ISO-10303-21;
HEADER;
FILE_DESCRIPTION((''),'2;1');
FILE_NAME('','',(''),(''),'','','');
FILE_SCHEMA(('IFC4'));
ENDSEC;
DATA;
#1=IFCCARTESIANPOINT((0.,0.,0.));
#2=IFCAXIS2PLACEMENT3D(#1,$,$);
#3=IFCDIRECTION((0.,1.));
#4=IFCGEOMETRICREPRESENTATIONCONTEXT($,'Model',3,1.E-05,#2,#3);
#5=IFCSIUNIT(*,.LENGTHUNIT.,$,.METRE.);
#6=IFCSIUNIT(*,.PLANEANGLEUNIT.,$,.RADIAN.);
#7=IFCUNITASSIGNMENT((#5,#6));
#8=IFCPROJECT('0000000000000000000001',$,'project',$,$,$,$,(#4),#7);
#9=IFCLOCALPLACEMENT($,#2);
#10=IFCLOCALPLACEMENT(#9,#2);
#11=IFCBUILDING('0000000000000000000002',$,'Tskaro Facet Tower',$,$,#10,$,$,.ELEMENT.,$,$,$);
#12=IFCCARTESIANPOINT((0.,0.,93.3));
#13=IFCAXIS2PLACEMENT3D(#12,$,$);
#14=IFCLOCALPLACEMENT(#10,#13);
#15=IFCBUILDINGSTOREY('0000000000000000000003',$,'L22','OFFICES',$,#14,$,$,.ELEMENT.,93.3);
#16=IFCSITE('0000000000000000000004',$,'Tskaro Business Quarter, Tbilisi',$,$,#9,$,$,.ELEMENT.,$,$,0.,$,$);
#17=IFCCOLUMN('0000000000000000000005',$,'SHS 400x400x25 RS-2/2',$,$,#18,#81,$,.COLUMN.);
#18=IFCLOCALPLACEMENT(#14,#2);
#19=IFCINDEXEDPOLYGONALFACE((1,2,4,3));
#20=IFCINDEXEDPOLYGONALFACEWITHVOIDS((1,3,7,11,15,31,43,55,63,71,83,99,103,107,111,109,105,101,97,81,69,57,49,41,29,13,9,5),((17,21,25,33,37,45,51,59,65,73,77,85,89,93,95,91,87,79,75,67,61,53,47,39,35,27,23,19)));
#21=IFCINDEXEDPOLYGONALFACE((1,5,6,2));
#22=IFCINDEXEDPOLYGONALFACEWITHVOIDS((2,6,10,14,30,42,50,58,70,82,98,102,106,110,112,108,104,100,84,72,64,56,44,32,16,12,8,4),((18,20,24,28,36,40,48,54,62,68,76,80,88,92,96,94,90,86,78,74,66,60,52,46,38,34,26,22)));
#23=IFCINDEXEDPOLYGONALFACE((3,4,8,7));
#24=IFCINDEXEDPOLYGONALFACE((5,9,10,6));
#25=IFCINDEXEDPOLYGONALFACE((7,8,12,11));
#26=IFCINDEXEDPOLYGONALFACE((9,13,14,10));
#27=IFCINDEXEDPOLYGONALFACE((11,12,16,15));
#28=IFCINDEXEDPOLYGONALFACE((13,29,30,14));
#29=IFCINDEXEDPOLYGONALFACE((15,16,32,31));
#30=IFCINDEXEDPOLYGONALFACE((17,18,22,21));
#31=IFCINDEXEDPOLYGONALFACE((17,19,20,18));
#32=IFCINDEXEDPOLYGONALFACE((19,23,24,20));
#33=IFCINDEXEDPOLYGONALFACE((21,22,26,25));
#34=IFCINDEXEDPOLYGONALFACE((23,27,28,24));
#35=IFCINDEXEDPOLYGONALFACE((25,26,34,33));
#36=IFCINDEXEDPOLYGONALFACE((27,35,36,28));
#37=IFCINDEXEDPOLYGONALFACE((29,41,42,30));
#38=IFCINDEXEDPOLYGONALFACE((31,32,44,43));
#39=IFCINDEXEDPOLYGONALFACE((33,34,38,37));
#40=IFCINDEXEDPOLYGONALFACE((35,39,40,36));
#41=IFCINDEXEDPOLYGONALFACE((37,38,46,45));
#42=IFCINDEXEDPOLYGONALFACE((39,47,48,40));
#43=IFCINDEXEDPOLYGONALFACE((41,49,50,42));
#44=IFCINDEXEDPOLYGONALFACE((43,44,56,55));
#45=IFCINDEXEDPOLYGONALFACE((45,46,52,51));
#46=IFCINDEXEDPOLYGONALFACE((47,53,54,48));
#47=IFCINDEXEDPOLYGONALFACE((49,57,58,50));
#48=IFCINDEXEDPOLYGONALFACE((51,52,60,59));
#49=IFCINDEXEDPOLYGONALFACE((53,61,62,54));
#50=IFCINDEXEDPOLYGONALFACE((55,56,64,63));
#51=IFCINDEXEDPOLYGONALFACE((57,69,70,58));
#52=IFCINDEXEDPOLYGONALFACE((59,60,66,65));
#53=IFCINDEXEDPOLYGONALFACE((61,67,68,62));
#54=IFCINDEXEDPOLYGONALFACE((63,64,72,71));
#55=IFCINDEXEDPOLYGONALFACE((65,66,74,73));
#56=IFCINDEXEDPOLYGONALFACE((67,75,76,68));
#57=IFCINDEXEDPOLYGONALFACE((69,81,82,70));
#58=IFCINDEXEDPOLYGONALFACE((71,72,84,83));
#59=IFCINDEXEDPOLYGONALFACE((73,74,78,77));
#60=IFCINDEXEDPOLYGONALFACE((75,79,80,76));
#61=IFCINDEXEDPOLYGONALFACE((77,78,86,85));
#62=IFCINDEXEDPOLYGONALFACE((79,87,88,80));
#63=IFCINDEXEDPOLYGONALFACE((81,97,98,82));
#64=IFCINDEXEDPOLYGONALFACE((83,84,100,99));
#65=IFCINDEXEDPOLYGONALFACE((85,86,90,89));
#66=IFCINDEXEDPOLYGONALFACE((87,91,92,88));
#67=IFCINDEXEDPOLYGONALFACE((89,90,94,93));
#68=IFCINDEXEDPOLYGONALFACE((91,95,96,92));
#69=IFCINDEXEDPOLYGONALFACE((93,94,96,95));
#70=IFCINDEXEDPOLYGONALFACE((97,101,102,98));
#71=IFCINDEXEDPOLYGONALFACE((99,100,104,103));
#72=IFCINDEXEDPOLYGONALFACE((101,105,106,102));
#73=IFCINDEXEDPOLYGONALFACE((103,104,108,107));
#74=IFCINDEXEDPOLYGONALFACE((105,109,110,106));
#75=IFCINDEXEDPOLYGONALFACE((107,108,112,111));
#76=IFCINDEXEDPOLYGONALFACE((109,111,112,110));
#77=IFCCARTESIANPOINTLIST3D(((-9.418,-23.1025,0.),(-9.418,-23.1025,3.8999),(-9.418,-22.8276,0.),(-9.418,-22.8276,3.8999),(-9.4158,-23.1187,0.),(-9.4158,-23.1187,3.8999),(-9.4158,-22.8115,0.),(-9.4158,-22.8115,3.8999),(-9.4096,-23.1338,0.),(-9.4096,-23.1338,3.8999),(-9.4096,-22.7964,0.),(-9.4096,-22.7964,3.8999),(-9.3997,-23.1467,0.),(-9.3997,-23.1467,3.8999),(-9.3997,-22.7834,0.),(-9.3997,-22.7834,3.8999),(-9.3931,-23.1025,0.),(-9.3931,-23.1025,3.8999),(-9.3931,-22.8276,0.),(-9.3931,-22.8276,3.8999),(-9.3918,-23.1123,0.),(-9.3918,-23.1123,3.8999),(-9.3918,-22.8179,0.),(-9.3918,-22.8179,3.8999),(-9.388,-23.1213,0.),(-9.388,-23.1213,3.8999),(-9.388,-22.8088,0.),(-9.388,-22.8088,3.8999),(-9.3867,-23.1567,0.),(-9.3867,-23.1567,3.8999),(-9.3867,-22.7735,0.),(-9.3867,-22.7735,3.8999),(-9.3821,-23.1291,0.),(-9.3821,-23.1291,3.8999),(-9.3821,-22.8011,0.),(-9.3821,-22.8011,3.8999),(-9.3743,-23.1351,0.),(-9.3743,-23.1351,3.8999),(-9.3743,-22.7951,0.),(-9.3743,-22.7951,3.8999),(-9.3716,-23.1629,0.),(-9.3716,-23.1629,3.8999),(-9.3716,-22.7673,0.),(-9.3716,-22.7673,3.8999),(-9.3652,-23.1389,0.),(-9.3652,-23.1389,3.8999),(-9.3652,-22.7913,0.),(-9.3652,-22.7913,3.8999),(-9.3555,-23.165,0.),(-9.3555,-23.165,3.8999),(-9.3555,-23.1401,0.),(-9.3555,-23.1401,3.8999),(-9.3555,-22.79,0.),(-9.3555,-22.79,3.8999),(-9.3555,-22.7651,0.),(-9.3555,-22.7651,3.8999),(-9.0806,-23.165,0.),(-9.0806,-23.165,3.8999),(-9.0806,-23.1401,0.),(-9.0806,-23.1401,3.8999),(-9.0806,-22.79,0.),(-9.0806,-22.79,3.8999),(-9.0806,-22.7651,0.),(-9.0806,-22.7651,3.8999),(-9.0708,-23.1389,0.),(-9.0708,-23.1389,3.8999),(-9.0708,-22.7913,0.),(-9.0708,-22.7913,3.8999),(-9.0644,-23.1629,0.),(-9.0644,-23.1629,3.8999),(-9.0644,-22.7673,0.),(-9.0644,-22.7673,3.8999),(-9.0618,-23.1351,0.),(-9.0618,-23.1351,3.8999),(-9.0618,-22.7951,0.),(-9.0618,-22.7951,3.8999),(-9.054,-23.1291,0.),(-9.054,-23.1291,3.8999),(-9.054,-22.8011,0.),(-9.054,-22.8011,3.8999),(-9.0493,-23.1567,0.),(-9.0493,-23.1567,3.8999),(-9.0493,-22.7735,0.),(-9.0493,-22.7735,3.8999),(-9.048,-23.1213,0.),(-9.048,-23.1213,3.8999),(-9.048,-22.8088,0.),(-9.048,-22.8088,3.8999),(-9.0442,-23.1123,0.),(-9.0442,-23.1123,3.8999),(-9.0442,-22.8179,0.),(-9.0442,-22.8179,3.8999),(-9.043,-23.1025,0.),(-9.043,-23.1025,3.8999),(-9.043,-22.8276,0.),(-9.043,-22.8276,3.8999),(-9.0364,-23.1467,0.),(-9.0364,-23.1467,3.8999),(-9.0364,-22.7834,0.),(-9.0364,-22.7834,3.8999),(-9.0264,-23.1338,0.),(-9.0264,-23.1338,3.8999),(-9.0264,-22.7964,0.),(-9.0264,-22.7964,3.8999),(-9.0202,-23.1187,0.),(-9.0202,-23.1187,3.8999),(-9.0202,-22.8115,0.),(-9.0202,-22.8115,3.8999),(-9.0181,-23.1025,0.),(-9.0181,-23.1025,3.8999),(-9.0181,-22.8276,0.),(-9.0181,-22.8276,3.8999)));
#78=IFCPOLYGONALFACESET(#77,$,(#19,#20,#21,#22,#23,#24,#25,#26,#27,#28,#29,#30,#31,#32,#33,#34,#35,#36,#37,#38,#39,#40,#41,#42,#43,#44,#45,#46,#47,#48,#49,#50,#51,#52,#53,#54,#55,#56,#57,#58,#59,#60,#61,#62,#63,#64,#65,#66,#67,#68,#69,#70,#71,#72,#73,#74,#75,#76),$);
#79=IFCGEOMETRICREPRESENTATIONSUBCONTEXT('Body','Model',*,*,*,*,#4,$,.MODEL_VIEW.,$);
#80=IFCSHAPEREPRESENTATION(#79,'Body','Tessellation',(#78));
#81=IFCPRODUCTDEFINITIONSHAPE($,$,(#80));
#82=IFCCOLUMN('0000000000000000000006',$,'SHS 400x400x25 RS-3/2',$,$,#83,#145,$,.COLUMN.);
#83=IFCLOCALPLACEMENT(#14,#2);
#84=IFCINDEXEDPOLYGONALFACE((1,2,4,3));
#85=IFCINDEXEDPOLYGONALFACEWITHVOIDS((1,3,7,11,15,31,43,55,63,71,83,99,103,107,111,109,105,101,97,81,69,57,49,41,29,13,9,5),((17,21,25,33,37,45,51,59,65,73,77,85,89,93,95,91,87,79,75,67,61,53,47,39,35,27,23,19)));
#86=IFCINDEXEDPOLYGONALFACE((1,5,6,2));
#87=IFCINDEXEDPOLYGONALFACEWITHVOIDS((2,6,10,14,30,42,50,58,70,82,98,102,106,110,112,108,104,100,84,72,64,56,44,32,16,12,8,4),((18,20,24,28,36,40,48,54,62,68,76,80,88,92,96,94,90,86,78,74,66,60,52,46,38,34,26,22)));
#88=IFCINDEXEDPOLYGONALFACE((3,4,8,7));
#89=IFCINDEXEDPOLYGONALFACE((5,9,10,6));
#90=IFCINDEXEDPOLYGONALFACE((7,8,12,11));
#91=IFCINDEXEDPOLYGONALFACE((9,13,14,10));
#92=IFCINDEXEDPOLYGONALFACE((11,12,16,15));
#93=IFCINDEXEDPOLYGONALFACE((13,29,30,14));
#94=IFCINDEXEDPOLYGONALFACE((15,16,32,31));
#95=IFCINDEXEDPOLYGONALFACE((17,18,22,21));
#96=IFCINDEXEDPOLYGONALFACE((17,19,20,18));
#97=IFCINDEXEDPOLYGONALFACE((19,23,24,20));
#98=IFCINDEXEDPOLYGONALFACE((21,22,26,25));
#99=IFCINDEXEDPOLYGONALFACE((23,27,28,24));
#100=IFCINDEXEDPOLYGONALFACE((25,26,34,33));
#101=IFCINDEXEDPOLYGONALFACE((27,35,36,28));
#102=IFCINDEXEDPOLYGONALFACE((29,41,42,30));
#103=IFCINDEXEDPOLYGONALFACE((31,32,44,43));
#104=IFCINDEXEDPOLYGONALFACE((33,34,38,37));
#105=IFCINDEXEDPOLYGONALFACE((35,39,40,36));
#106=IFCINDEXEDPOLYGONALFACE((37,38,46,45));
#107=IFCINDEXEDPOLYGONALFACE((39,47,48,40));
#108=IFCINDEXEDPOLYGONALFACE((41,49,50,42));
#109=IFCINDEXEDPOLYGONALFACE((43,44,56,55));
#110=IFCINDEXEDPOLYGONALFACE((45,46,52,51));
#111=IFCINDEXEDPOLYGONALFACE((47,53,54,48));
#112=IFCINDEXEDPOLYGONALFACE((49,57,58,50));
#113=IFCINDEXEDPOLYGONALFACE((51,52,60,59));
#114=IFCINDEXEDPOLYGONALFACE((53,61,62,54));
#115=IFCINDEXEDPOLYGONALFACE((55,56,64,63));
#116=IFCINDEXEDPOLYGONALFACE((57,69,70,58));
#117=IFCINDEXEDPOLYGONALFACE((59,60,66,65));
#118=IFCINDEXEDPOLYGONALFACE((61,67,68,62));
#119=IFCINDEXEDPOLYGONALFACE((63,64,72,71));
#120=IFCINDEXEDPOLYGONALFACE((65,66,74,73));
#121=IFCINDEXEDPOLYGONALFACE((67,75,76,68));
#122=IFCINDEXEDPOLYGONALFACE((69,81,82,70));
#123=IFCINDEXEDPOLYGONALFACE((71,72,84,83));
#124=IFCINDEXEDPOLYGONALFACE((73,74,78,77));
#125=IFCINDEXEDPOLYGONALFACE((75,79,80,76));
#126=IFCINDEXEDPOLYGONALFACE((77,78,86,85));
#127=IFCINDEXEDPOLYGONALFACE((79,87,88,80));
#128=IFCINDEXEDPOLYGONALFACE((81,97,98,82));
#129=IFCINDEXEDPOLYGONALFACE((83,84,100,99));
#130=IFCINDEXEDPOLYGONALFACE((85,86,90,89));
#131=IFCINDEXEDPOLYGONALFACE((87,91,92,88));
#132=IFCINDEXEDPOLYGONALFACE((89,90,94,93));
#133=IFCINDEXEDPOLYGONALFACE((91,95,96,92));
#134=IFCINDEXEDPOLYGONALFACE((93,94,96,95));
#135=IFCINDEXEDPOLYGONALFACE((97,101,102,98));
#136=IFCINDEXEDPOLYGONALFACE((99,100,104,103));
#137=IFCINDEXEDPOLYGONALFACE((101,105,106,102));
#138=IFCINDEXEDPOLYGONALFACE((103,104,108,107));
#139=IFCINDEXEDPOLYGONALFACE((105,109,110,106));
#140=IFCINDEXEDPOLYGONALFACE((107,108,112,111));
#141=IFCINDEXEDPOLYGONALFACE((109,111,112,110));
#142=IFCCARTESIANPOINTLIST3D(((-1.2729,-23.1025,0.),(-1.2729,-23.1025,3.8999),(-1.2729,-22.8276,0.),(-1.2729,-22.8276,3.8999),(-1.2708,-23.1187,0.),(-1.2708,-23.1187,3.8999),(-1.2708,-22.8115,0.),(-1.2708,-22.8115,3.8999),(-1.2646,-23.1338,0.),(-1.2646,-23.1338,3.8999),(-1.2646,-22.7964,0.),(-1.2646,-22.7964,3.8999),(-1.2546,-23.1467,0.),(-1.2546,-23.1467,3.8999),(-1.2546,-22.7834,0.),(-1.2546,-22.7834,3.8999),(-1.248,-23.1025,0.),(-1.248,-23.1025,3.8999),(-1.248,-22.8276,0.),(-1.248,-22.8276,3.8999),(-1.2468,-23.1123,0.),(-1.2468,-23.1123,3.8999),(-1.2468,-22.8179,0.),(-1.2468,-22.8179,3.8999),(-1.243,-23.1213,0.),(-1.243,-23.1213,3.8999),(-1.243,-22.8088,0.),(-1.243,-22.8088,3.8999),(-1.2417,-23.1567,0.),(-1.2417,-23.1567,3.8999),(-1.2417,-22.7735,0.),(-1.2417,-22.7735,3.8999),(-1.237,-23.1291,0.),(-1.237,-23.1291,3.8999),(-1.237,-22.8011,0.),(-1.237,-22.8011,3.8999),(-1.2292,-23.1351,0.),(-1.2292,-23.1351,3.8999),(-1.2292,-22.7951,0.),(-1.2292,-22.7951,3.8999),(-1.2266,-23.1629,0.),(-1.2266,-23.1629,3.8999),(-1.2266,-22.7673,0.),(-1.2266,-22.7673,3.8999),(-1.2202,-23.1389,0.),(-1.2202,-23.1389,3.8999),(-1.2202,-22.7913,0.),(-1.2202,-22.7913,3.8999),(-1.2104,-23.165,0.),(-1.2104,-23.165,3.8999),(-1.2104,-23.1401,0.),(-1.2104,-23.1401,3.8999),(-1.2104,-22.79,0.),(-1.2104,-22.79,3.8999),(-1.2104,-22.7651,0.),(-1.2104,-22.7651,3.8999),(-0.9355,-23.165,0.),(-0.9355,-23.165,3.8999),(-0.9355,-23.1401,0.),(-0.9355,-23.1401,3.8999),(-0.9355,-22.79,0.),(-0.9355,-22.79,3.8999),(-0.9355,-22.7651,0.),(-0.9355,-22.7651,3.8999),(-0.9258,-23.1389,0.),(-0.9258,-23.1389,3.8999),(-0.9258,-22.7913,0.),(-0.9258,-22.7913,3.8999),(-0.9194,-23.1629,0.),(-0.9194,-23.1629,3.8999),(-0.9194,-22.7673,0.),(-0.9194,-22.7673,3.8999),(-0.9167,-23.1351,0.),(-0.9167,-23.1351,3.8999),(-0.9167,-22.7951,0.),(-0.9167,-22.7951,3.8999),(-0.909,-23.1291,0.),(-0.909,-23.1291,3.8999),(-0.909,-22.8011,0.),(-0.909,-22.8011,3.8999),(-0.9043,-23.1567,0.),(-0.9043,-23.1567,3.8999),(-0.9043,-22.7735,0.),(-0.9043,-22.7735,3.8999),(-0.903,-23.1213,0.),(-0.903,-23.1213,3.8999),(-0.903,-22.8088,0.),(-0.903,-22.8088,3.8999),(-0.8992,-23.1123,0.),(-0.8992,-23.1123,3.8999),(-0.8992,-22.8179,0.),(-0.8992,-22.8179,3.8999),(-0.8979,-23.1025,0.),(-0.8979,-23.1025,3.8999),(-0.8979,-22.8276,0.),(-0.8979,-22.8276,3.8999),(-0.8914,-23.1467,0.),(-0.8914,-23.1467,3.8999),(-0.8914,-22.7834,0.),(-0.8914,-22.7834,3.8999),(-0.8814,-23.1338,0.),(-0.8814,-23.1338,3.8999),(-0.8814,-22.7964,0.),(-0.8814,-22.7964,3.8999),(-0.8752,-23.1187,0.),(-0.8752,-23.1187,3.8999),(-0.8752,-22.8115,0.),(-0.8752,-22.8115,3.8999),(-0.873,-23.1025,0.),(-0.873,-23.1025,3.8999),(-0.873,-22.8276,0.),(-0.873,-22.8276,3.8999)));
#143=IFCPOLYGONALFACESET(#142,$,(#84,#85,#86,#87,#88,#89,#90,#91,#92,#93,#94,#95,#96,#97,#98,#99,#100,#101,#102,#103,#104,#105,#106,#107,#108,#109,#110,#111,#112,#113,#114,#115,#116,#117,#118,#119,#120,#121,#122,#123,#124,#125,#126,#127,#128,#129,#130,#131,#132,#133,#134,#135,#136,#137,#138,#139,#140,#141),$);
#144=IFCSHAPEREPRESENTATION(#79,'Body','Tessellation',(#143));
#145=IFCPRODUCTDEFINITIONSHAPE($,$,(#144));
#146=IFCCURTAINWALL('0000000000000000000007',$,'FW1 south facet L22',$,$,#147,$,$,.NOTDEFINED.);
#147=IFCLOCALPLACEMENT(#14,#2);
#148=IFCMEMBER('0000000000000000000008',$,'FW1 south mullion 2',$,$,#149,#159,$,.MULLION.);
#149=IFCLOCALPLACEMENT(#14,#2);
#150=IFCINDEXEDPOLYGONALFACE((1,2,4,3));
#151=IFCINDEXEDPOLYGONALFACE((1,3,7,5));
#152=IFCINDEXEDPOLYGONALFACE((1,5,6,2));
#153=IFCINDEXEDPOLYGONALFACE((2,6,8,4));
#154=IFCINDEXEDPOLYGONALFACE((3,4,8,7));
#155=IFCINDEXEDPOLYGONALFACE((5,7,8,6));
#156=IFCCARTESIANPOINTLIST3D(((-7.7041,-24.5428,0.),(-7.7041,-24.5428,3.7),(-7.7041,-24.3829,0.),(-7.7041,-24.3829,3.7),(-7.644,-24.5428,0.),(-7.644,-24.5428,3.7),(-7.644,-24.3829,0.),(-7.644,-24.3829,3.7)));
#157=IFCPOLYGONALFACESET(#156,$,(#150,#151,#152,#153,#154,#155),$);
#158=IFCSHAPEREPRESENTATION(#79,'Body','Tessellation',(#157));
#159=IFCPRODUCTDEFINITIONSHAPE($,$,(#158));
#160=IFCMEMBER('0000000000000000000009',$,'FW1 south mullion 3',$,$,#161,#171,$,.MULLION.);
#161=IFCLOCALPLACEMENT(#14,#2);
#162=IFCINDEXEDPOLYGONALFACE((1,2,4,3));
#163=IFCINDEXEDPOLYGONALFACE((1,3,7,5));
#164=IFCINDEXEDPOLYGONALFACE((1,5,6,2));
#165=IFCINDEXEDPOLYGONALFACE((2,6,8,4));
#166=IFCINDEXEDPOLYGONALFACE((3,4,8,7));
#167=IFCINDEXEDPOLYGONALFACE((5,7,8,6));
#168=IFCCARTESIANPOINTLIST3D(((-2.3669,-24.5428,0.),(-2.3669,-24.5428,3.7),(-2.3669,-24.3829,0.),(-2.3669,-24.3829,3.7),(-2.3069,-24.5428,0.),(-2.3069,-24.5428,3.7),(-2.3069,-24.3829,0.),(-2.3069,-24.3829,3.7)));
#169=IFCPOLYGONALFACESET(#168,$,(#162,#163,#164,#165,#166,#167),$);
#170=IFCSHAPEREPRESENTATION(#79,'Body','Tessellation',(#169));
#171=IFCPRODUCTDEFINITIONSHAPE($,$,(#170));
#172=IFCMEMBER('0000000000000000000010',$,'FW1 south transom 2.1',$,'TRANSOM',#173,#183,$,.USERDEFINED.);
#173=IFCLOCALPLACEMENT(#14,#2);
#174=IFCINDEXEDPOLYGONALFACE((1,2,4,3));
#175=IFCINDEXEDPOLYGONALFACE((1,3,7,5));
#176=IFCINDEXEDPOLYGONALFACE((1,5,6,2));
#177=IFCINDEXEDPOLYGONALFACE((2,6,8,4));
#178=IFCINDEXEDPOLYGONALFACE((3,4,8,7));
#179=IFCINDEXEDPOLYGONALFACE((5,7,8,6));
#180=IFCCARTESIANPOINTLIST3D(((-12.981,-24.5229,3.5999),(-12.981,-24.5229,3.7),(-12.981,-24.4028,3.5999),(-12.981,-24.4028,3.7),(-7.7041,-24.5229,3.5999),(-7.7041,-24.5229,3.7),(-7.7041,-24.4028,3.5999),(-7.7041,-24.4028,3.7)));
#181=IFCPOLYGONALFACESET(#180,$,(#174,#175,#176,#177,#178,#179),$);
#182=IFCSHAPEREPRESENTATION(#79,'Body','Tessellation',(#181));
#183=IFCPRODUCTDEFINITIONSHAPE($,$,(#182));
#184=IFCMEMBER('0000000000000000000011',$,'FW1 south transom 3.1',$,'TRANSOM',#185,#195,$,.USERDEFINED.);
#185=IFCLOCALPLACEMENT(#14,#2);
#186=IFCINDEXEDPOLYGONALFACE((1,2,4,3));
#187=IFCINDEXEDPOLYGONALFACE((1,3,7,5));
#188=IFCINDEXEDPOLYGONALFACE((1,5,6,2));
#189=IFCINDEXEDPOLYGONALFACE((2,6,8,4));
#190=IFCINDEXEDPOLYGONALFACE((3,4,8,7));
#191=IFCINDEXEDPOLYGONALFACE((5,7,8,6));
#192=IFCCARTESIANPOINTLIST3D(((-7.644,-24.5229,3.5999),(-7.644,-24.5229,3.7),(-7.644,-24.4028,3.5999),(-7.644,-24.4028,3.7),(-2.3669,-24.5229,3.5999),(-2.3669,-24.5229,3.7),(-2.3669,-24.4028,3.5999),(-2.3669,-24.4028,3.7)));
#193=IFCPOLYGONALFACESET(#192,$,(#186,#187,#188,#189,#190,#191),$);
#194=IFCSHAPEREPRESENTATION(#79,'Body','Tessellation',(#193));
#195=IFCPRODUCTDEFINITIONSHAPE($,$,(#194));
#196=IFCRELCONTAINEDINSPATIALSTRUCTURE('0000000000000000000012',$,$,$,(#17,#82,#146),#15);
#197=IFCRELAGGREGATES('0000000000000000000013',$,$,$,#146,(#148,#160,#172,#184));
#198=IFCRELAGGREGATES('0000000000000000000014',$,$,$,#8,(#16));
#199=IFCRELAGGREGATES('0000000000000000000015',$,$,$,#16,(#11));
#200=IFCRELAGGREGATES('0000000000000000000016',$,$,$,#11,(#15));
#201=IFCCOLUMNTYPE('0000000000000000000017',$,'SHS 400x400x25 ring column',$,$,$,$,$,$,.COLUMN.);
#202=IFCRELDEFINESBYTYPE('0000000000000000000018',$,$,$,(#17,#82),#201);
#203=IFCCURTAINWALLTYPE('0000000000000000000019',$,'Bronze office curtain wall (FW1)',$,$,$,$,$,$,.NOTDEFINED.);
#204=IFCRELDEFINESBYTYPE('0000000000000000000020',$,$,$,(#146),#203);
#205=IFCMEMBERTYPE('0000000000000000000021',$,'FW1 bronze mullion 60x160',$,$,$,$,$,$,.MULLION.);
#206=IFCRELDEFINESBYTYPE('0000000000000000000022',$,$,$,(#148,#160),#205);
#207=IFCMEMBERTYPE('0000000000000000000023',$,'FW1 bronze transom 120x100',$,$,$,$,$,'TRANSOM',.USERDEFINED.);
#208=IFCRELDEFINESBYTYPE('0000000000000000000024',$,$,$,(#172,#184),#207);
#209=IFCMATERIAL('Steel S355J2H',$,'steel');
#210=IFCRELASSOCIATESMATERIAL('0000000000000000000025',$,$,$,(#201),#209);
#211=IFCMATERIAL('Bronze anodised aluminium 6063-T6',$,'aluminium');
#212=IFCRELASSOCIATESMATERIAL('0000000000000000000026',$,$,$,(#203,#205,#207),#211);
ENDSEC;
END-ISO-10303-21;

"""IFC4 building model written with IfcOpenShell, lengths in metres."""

from ifc_helpers import new_model, si_unit, direction, frame, origin, origin_2d, place, context, subcontext, project, spatial, rectangle, hollow_rectangle, extrude, material, material_profile, profile_set, type_object, element, aggregate, save


model = new_model("IFC4")

# Units and contexts
model_context = context("Model", 3, precision=1e-05, world=origin(), true_north=direction((0.0, 1.0)))
body_context = subcontext(model_context, "Body", "Model", "MODEL_VIEW")
ifc_project = project(units=[si_unit("LENGTHUNIT", "METRE"), si_unit("PLANEANGLEUNIT", "RADIAN")], contexts=[model_context])

# Site, building, storey
site_placement = place(None, origin())
site = spatial("IfcSite", under=ifc_project, at=site_placement, Name="Tskaro Business Quarter, Tbilisi", CompositionType="ELEMENT", RefElevation=0.0)
building_placement = place(site_placement, origin())
building = spatial("IfcBuilding", under=site, at=building_placement, Name="Tskaro Facet Tower", CompositionType="ELEMENT")
storey_placement = place(building_placement, frame((0.0, 0.0, 93.3)))
storey = spatial("IfcBuildingStorey", under=building, at=storey_placement, Name="L22", Description="OFFICES", CompositionType="ELEMENT", Elevation=93.3)

# Columns
ifc_material_1 = material(Name="Steel S355J2H", Category="steel")
ifc_material_profile_1 = material_profile(ifc_material_1, hollow_rectangle(XDim=0.3999, YDim=0.3999, WallThickness=0.0249, InnerFilletRadius=0.0376, OuterFilletRadius=0.0625, at=origin_2d()), Name="SHS 400x400x25")
ifc_profile_set_1 = profile_set([ifc_material_profile_1], Name="Steel S355J2H")
column_type_1 = type_object("IfcColumnType", Name="SHS 400x400x25 ring column", PredefinedType="COLUMN", material=ifc_profile_set_1)
for number, where, z_axis, x_axis, name in (
    (1, (-9.218, -22.9651, 0.0), (0.0, 0.0, 1.0), (1.0, 0.0, 0.0), "SHS 400x400x25 RS-2/2"),
    (2, (-1.073, -22.9651, 0.0), (0.0, 0.0, 1.0), (1.0, 0.0, 0.0), "SHS 400x400x25 RS-3/2"),
):
    element("IfcColumn", number, at=place(storey_placement, frame(where, z_axis=z_axis, x_axis=x_axis)), inside=storey, type_object=column_type_1, Name=name, PredefinedType="COLUMN", context=body_context, shape_type="SweptSolid", body=[
        extrude(hollow_rectangle(XDim=0.3999, YDim=0.3999, WallThickness=0.0249, InnerFilletRadius=0.0376, OuterFilletRadius=0.0625, at=origin_2d()), origin(), (0.0, 0.0, 1.0), 3.8999),
    ])

# Curtain wall, members
ifc_material_2 = material(Name="Bronze anodised aluminium 6063-T6", Category="aluminium")
curtain_wall_type = type_object("IfcCurtainWallType", Name="Bronze office curtain wall (FW1)", PredefinedType="NOTDEFINED", material=ifc_material_2)
curtain_wall_placement = place(storey_placement, origin())
curtain_wall = element("IfcCurtainWall", 3, at=curtain_wall_placement, inside=storey, type_object=curtain_wall_type, Name="FW1 south facet L22", PredefinedType="NOTDEFINED")
ifc_material_profile_2 = material_profile(ifc_material_2, rectangle(XDim=0.0601, YDim=0.1599, at=origin_2d()), Name="Mullion 60x160")
ifc_profile_set_2 = profile_set([ifc_material_profile_2], Name="Bronze anodised aluminium 6063-T6")
member_type_1 = type_object("IfcMemberType", Name="FW1 bronze mullion 60x160", PredefinedType="MULLION", material=ifc_profile_set_2)
member_1_placement = place(storey_placement, frame((-7.6741, -24.4629, 0.0), z_axis=(0.0, 0.0, 1.0), x_axis=(1.0, 0.0, 0.0)))
member_1 = element("IfcMember", 4, at=member_1_placement, type_object=member_type_1, Name="FW1 south mullion 2", PredefinedType="MULLION", context=body_context, shape_type="SweptSolid", body=[
    extrude(rectangle(XDim=0.0601, YDim=0.1599, at=origin_2d()), origin(), (0.0, 0.0, 1.0), 3.7),
])
member_2_placement = place(storey_placement, frame((-2.3369, -24.4629, 0.0), z_axis=(0.0, 0.0, 1.0), x_axis=(1.0, 0.0, 0.0)))
member_2 = element("IfcMember", 5, at=member_2_placement, type_object=member_type_1, Name="FW1 south mullion 3", PredefinedType="MULLION", context=body_context, shape_type="SweptSolid", body=[
    extrude(rectangle(XDim=0.0601, YDim=0.1599, at=origin_2d()), origin(), (0.0, 0.0, 1.0), 3.7),
])
ifc_material_profile_3 = material_profile(ifc_material_2, rectangle(XDim=0.1201, YDim=0.1001, at=origin_2d()), Name="Transom 120x100")
ifc_profile_set_3 = profile_set([ifc_material_profile_3], Name="Bronze anodised aluminium 6063-T6")
member_type_2 = type_object("IfcMemberType", Name="FW1 bronze transom 120x100", ElementType="TRANSOM", PredefinedType="USERDEFINED", material=ifc_profile_set_3)
member_3_placement = place(storey_placement, frame((-12.981, -24.4629, 3.6499), z_axis=(1.0, 0.0, 0.0), x_axis=(0.0, 1.0, 0.0)))
member_3 = element("IfcMember", 6, at=member_3_placement, type_object=member_type_2, Name="FW1 south transom 2.1", ObjectType="TRANSOM", PredefinedType="USERDEFINED", context=body_context, shape_type="SweptSolid", body=[
    extrude(rectangle(XDim=0.1201, YDim=0.1001, at=origin_2d()), origin(), (0.0, 0.0, 1.0), 5.2769),
])
member_4_placement = place(storey_placement, frame((-7.644, -24.4629, 3.6499), z_axis=(1.0, 0.0, 0.0), x_axis=(0.0, 1.0, 0.0)))
member_4 = element("IfcMember", 7, at=member_4_placement, type_object=member_type_2, Name="FW1 south transom 3.1", ObjectType="TRANSOM", PredefinedType="USERDEFINED", context=body_context, shape_type="SweptSolid", body=[
    extrude(rectangle(XDim=0.1201, YDim=0.1001, at=origin_2d()), origin(), (0.0, 0.0, 1.0), 5.2771),
])

aggregate(curtain_wall, [member_1, member_2, member_3, member_4])

save(model, "model.ifc")
